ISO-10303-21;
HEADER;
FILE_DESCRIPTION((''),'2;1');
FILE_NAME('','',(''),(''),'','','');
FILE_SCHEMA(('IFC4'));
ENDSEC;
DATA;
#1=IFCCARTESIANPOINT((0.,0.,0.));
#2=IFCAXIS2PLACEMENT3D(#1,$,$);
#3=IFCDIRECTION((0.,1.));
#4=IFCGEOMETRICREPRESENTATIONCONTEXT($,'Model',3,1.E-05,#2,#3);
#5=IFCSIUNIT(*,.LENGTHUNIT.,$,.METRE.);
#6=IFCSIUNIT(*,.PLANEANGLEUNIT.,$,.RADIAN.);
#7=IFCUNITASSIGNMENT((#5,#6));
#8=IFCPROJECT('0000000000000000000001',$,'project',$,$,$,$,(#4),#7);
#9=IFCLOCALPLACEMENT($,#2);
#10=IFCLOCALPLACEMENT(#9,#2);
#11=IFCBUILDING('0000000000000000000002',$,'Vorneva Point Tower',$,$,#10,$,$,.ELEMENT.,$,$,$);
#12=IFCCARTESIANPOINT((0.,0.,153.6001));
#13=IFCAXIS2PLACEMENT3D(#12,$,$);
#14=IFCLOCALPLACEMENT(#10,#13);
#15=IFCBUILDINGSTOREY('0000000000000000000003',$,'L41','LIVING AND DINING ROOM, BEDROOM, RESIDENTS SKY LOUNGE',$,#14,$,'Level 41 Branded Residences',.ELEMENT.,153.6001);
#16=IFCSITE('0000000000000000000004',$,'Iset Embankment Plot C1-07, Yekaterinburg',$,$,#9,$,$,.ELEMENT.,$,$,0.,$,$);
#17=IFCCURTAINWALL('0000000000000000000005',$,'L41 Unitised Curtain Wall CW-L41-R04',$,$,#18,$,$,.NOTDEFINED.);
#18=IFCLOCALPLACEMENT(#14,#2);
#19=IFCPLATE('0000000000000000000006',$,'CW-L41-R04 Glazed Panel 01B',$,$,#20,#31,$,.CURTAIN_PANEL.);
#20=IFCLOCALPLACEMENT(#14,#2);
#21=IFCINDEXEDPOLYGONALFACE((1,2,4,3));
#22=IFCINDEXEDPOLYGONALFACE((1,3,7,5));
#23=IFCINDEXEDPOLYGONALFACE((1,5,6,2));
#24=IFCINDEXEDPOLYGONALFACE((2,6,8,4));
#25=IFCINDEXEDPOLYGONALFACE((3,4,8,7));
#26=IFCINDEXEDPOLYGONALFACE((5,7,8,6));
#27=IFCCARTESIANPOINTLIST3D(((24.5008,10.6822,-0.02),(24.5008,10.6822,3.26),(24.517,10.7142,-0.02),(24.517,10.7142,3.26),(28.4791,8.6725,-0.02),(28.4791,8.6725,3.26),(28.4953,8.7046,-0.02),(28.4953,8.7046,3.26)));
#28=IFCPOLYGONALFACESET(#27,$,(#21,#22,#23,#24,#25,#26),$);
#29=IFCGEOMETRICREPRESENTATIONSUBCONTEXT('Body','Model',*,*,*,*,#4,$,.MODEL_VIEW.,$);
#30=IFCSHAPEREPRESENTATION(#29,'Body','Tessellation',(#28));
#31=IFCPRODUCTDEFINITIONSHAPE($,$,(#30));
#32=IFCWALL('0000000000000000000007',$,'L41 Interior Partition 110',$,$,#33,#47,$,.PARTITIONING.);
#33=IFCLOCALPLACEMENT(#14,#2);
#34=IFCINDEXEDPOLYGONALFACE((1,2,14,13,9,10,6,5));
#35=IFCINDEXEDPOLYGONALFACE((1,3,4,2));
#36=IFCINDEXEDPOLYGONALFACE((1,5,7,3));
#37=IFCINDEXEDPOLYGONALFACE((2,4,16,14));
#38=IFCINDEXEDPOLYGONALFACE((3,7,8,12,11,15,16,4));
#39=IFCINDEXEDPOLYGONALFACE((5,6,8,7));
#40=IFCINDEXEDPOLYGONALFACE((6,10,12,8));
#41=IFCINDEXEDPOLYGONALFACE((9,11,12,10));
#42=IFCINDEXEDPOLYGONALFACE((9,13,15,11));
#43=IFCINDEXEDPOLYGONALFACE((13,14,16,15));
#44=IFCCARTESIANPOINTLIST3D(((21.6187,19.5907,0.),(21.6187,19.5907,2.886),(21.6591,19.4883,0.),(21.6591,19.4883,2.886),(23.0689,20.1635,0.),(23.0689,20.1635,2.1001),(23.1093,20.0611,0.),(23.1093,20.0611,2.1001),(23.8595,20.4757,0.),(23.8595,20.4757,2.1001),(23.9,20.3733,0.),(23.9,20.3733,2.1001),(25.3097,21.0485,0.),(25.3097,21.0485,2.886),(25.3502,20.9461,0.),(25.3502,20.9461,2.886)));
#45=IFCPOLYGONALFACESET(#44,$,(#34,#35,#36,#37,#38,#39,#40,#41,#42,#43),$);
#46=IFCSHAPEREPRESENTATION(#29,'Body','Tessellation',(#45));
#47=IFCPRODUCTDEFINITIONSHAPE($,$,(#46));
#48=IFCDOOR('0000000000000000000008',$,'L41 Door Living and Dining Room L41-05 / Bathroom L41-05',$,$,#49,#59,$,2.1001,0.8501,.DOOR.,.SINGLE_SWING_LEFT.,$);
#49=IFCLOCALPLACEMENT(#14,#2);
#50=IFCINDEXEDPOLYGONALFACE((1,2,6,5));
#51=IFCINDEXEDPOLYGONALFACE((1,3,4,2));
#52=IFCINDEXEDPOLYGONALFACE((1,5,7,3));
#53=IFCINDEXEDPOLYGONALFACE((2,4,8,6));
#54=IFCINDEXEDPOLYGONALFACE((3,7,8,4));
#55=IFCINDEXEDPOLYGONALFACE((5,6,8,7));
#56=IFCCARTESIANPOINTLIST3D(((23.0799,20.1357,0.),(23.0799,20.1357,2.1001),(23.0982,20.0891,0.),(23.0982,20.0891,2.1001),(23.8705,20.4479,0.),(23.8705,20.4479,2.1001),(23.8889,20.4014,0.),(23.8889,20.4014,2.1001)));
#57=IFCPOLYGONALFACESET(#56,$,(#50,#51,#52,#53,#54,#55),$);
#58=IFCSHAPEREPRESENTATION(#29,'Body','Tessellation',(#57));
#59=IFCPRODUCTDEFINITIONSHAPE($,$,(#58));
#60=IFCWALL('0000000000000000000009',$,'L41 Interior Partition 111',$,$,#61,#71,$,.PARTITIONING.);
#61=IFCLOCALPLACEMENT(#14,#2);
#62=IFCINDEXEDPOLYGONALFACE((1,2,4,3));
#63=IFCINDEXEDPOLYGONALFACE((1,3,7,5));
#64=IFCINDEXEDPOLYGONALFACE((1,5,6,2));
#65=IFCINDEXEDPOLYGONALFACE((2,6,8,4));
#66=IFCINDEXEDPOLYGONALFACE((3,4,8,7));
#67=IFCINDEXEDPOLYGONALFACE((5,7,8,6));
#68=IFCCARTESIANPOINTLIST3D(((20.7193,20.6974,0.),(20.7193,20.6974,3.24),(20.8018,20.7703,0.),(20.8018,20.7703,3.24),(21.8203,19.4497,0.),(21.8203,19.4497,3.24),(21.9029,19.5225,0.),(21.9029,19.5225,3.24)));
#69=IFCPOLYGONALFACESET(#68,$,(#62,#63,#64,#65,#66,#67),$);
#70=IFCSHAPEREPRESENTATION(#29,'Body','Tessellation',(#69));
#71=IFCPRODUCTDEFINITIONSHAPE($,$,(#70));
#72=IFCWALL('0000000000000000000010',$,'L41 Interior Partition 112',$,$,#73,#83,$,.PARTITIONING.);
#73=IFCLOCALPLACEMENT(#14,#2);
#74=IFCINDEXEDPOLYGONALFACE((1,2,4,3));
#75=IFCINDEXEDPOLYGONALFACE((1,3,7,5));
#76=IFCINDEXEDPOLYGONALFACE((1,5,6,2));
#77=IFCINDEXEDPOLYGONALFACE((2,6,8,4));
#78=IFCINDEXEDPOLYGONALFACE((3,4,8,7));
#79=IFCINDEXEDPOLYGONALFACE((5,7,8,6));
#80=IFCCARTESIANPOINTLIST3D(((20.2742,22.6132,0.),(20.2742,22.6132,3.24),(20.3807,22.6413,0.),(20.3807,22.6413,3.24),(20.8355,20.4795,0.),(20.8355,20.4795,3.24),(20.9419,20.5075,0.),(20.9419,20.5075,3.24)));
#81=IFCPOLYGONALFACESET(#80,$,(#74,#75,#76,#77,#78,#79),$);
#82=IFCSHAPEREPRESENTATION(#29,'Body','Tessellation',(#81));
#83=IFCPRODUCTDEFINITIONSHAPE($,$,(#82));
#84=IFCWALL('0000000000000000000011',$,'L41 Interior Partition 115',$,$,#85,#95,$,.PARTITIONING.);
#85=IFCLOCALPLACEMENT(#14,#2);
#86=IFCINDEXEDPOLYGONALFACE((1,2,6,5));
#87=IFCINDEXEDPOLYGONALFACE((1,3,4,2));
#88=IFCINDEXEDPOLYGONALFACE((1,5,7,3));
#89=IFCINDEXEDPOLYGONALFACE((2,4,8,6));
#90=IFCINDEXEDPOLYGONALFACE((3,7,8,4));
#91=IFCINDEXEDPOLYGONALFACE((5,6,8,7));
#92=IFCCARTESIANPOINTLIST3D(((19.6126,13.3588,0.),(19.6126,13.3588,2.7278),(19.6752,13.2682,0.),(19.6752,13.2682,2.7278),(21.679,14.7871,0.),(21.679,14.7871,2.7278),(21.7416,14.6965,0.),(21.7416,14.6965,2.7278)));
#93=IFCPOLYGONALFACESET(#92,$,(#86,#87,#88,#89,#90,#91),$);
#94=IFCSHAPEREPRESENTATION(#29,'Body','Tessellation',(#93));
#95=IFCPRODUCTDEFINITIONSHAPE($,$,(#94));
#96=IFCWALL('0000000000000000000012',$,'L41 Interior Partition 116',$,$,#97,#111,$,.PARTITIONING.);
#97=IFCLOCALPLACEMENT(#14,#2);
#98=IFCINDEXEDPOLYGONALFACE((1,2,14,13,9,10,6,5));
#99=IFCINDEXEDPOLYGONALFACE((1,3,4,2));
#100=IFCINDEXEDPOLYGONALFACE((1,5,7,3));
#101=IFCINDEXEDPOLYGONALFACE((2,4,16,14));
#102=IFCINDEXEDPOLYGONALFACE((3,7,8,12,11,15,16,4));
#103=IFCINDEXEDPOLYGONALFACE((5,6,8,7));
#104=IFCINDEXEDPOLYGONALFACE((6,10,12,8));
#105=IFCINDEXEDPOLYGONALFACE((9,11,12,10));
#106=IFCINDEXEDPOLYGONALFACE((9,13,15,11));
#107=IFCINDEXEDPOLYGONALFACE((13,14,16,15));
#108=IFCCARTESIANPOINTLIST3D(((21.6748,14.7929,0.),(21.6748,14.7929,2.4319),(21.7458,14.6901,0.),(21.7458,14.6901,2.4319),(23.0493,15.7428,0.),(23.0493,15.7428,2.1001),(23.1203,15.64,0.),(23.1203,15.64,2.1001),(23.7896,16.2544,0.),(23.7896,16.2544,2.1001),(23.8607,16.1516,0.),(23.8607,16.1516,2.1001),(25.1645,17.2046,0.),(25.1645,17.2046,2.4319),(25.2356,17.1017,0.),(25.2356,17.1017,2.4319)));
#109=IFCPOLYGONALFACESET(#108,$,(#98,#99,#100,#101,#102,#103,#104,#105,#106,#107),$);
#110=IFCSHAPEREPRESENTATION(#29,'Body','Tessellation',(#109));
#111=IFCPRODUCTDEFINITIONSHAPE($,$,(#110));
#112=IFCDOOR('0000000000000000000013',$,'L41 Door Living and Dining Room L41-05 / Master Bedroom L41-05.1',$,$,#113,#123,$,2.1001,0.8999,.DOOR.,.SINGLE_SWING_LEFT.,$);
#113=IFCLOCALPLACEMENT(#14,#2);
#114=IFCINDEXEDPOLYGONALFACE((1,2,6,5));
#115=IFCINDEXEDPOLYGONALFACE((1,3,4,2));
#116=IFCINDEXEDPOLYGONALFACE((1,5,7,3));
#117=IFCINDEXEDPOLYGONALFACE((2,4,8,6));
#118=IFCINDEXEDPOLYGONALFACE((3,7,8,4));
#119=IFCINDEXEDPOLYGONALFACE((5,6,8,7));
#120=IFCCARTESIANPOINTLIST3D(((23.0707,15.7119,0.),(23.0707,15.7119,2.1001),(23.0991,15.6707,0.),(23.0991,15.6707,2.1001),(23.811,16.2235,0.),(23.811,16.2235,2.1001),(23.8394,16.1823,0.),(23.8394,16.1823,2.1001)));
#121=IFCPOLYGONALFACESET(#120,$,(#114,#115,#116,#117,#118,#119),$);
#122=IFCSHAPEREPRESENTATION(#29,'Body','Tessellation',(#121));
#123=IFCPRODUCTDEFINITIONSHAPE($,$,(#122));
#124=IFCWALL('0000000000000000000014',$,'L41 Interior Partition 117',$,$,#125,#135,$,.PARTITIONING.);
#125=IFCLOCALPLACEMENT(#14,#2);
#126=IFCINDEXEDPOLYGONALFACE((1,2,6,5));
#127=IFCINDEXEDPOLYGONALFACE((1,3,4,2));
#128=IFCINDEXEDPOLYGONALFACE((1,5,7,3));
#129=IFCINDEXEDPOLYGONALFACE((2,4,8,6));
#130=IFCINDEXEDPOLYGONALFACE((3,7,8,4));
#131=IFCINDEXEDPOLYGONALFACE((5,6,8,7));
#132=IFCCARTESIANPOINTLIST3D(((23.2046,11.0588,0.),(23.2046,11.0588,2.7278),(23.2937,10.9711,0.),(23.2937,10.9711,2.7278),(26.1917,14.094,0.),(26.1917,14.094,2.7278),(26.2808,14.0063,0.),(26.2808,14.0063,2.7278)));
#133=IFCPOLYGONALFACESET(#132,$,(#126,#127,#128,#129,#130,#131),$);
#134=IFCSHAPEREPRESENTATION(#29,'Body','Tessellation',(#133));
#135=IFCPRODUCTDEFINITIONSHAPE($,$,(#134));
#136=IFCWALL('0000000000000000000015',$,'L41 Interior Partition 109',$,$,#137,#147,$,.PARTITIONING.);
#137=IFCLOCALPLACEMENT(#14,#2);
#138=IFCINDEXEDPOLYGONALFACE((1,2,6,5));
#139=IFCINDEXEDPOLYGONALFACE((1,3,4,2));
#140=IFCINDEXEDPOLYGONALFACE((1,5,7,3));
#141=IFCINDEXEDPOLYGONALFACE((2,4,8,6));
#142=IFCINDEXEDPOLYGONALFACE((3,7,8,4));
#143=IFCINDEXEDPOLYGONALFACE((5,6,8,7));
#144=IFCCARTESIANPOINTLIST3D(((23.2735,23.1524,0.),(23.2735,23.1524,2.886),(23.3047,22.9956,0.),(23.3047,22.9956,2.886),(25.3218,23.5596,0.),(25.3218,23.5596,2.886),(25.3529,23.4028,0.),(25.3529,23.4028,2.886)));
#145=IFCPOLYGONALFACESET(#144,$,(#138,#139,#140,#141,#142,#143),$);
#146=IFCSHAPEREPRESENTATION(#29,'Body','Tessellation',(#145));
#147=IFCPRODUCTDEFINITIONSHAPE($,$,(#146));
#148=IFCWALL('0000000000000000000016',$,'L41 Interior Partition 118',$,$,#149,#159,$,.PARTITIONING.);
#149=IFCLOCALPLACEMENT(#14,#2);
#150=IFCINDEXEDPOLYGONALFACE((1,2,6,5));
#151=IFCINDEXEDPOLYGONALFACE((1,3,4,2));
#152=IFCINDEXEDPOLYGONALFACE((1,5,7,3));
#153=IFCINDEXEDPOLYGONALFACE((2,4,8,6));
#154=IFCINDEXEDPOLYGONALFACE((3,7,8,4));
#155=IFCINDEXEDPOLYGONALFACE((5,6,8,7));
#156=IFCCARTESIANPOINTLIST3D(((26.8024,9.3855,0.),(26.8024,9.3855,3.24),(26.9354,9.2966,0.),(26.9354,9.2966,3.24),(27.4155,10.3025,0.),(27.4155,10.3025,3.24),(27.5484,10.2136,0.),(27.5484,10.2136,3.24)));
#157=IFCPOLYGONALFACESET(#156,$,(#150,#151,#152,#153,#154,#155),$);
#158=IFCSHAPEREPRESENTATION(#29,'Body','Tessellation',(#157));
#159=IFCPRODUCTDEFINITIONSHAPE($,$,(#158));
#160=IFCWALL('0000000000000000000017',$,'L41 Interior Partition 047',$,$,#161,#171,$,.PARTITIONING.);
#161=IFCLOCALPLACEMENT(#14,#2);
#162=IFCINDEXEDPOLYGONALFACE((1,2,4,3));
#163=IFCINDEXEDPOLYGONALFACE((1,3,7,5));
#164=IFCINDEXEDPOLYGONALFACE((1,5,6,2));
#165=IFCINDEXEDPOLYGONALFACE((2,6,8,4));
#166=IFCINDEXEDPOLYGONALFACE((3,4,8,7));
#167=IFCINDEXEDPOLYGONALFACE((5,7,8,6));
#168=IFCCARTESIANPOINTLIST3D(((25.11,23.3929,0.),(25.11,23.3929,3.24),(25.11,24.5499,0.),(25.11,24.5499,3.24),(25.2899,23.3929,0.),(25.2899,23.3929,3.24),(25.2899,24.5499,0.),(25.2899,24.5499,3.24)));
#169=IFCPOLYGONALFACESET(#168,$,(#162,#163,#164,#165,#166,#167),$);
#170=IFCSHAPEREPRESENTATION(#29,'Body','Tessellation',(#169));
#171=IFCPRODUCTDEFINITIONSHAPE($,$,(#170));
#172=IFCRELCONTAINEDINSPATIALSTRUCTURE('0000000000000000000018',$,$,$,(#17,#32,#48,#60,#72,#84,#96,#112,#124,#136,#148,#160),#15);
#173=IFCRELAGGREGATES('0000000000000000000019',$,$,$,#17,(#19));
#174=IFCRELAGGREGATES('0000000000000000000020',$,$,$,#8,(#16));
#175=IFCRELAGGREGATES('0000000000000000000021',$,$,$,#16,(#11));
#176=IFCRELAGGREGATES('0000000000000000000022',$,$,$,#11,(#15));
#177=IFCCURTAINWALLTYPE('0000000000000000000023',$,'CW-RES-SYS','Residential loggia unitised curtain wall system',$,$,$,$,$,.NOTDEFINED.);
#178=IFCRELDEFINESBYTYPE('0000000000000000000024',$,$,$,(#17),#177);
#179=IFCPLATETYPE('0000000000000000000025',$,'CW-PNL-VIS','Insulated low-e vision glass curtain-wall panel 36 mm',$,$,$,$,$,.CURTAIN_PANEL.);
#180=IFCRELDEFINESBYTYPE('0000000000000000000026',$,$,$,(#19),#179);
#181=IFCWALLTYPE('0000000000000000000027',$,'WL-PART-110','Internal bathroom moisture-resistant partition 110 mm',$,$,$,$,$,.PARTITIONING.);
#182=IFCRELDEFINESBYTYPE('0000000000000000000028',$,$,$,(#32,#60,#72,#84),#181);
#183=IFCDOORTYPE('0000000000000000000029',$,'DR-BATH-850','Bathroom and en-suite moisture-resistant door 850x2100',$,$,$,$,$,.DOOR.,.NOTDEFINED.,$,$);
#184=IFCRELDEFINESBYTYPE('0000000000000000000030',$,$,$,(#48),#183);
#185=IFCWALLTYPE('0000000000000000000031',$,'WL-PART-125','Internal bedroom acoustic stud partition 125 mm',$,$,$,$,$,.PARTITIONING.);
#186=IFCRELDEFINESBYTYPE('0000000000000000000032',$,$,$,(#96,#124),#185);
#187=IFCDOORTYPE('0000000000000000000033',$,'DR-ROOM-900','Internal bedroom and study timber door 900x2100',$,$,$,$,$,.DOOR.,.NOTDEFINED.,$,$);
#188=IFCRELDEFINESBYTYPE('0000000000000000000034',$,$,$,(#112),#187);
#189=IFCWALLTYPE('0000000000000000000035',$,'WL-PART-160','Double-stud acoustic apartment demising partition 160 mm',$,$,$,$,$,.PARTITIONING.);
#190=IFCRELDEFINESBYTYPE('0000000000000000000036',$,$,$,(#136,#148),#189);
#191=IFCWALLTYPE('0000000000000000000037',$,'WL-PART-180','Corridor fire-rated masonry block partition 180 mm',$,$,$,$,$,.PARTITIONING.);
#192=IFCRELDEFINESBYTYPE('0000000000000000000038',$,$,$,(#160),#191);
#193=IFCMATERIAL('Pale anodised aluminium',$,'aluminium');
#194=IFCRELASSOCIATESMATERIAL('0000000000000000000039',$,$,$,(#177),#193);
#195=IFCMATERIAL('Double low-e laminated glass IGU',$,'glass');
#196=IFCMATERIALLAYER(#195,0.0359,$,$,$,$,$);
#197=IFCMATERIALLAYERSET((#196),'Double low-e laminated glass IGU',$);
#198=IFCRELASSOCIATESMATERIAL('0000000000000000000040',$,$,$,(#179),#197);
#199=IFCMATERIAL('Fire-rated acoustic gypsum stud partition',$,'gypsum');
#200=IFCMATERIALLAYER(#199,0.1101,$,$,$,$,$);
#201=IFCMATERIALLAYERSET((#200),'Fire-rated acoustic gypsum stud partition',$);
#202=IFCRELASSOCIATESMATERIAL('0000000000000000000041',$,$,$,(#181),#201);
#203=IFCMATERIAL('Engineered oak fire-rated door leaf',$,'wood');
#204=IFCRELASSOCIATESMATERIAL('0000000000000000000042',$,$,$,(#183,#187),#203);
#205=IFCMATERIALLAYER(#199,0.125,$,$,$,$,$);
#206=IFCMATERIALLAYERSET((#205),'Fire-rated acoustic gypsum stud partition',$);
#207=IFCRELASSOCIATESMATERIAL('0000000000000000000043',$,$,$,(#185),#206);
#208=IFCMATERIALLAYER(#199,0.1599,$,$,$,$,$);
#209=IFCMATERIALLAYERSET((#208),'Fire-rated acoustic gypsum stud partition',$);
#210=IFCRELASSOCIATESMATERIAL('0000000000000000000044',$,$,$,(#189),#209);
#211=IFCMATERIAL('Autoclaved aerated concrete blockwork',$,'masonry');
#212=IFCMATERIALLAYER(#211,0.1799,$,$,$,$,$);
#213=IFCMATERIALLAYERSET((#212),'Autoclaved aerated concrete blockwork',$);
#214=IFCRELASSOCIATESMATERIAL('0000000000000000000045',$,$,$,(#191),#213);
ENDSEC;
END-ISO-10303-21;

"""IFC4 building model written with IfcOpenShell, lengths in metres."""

from ifc_helpers import new_model, si_unit, direction, frame, frame_2d, origin, origin_2d, place, context, subcontext, project, spatial, rectangle, extrude, material, layer, layer_set, type_object, element, fill, aggregate, save


model = new_model("IFC4")

# Units and contexts
model_context = context("Model", 3, precision=1e-05, world=origin(), true_north=direction((0.0, 1.0)))
body_context = subcontext(model_context, "Body", "Model", "MODEL_VIEW")
ifc_project = project(units=[si_unit("LENGTHUNIT", "METRE"), si_unit("PLANEANGLEUNIT", "RADIAN")], contexts=[model_context])

# Site, building, storey
site_placement = place(None, origin())
site = spatial("IfcSite", under=ifc_project, at=site_placement, Name="Iset Embankment Plot C1-07, Yekaterinburg", CompositionType="ELEMENT", RefElevation=0.0)
building_placement = place(site_placement, origin())
building = spatial("IfcBuilding", under=site, at=building_placement, Name="Vorneva Point Tower", CompositionType="ELEMENT")
storey_placement = place(building_placement, frame((0.0, 0.0, 153.6001)))
storey = spatial("IfcBuildingStorey", under=building, at=storey_placement, Name="L41", Description="LIVING AND DINING ROOM, BEDROOM, RESIDENTS SKY LOUNGE", LongName="Level 41 Branded Residences", CompositionType="ELEMENT", Elevation=153.6001)

# Curtain wall, plate
ifc_material_1 = material(Name="Pale anodised aluminium", Category="aluminium")
curtain_wall_type = type_object("IfcCurtainWallType", Name="CW-RES-SYS", Description="Residential loggia unitised curtain wall system", PredefinedType="NOTDEFINED", material=ifc_material_1)
curtain_wall_placement = place(storey_placement, origin())
curtain_wall = element("IfcCurtainWall", 1, at=curtain_wall_placement, inside=storey, type_object=curtain_wall_type, Name="L41 Unitised Curtain Wall CW-L41-R04", PredefinedType="NOTDEFINED")
ifc_material_2 = material(Name="Double low-e laminated glass IGU", Category="glass")
ifc_layer_1 = layer(ifc_material_2, 0.0359)
ifc_layer_set_1 = layer_set([ifc_layer_1], Name="Double low-e laminated glass IGU")
plate_type = type_object("IfcPlateType", Name="CW-PNL-VIS", Description="Insulated low-e vision glass curtain-wall panel 36 mm", PredefinedType="CURTAIN_PANEL", material=ifc_layer_set_1)
plate_1_placement = place(storey_placement, frame((26.498, 9.6934, -0.02), z_axis=(0.0, 0.0, 1.0), x_axis=(0.892578, -0.450893, 0.0)))
plate_1 = element("IfcPlate", 2, at=plate_1_placement, type_object=plate_type, Name="CW-L41-R04 Glazed Panel 01B", PredefinedType="CURTAIN_PANEL", context=body_context, shape_type="SweptSolid", body=[
    extrude(rectangle(XDim=4.457, YDim=0.0359, at=origin_2d()), origin(), (0.0, 0.0, 1.0), 3.28),
])
aggregate(curtain_wall, [plate_1])

# Wall, opening, door
ifc_material_3 = material(Name="Fire-rated acoustic gypsum stud partition", Category="gypsum")
ifc_layer_2 = layer(ifc_material_3, 0.1101)
ifc_layer_set_2 = layer_set([ifc_layer_2], Name="Fire-rated acoustic gypsum stud partition")
wall_type_1 = type_object("IfcWallType", Name="WL-PART-110", Description="Internal bathroom moisture-resistant partition 110 mm", PredefinedType="PARTITIONING", material=ifc_layer_set_2)
wall_1_placement = place(storey_placement, frame((25.3301, 20.9973, 0.0), z_axis=(0.0, 0.0, 1.0), x_axis=(-0.930093, -0.367325, 0.0)))
wall_1 = element("IfcWall", 3, at=wall_1_placement, inside=storey, type_object=wall_type_1, Name="L41 Interior Partition 110", PredefinedType="PARTITIONING", context=body_context, shape_type="SweptSolid", body=[
    extrude(rectangle(XDim=3.9685, YDim=0.1101, at=frame_2d((1.9844, 0.0))), origin(), (0.0, 0.0, 1.0), 2.886),
])
opening_1_placement = place(wall_1_placement, frame((1.5593, 0.0, 0.0)))
opening_1 = element("IfcOpeningElement", 4, at=opening_1_placement, cuts=wall_1, PredefinedType="OPENING", context=body_context, shape_type="SweptSolid", body=[
    extrude(rectangle(XDim=0.8501, YDim=2.1001, at=frame_2d((0.425, 1.05))), frame((0.0, 0.0698, 0.0), z_axis=(0.0, -1.0, 0.0), x_axis=(1.0, 0.0, 0.0)), (0.0, 0.0, 1.0), 0.1399),
])
ifc_material_4 = material(Name="Engineered oak fire-rated door leaf", Category="wood")
door_type_1 = type_object("IfcDoorType", Name="DR-BATH-850", Description="Bathroom and en-suite moisture-resistant door 850x2100", OperationType="NOTDEFINED", PredefinedType="DOOR", material=ifc_material_4)
door_1_placement = place(opening_1_placement, origin())
door_1 = element("IfcDoor", 5, at=door_1_placement, inside=storey, type_object=door_type_1, Name="L41 Door Living and Dining Room L41-05 / Bathroom L41-05", OperationType="SINGLE_SWING_LEFT", OverallHeight=2.1001, OverallWidth=0.8501, PredefinedType="DOOR", context=body_context, shape_type="SweptSolid", body=[
    extrude(rectangle(XDim=0.8501, YDim=2.1001, at=frame_2d((0.425, 1.05))), frame((0.0, 0.0249, 0.0), z_axis=(0.0, -1.0, 0.0), x_axis=(1.0, 0.0, 0.0)), (0.0, 0.0, 1.0), 0.05),
])
fill(opening_1, door_1)

# Walls
wall_2_placement = place(storey_placement, frame((21.8616, 19.4861, 0.0), z_axis=(0.0, 0.0, 1.0), x_axis=(-0.661646, 0.749816, 0.0)))
element("IfcWall", 6, at=wall_2_placement, inside=storey, type_object=wall_type_1, Name="L41 Interior Partition 111", PredefinedType="PARTITIONING", context=body_context, shape_type="SweptSolid", body=[
    extrude(rectangle(XDim=1.6641, YDim=0.1101, at=frame_2d((0.832, 0.0))), origin(), (0.0, 0.0, 1.0), 3.24),
])
wall_3_placement = place(storey_placement, frame((20.8887, 20.4937, 0.0), z_axis=(0.0, 0.0, 1.0), x_axis=(-0.25439, 0.967102, 0.0)))
element("IfcWall", 7, at=wall_3_placement, inside=storey, type_object=wall_type_1, Name="L41 Interior Partition 112", PredefinedType="PARTITIONING", context=body_context, shape_type="SweptSolid", body=[
    extrude(rectangle(XDim=2.2063, YDim=0.1101, at=frame_2d((1.103, 0.0))), origin(), (0.0, 0.0, 1.0), 3.24),
])
wall_4_placement = place(storey_placement, frame((21.7102, 14.7417, 0.0), z_axis=(0.0, 0.0, 1.0), x_axis=(-0.822633, -0.568573, 0.0)))
element("IfcWall", 8, at=wall_4_placement, inside=storey, type_object=wall_type_1, Name="L41 Interior Partition 115", PredefinedType="PARTITIONING", context=body_context, shape_type="SweptSolid", body=[
    extrude(rectangle(XDim=2.512, YDim=0.1101, at=frame_2d((1.2559, 0.0))), origin(), (0.0, 0.0, 1.0), 2.7278),
])

# Wall, opening, door
ifc_layer_3 = layer(ifc_material_3, 0.125)
ifc_layer_set_3 = layer_set([ifc_layer_3], Name="Fire-rated acoustic gypsum stud partition")
wall_type_2 = type_object("IfcWallType", Name="WL-PART-125", Description="Internal bedroom acoustic stud partition 125 mm", PredefinedType="PARTITIONING", material=ifc_layer_set_3)
wall_5_placement = place(storey_placement, frame((21.7102, 14.7415, 0.0), z_axis=(0.0, 0.0, 1.0), x_axis=(0.822673, 0.568515, 0.0)))
wall_5 = element("IfcWall", 9, at=wall_5_placement, inside=storey, type_object=wall_type_2, Name="L41 Interior Partition 116", PredefinedType="PARTITIONING", context=body_context, shape_type="SweptSolid", body=[
    extrude(rectangle(XDim=4.2419, YDim=0.125, at=frame_2d((2.1211, 0.0))), origin(), (0.0, 0.0, 1.0), 2.4319),
])
opening_2_placement = place(wall_5_placement, frame((1.6709, 0.0, 0.0)))
opening_2 = element("IfcOpeningElement", 10, at=opening_2_placement, cuts=wall_5, PredefinedType="OPENING", context=body_context, shape_type="SweptSolid", body=[
    extrude(rectangle(XDim=0.8999, YDim=2.1001, at=frame_2d((0.45, 1.05))), frame((0.0, 0.0774, 0.0), z_axis=(0.0, -1.0, 0.0), x_axis=(1.0, 0.0, 0.0)), (0.0, 0.0, 1.0), 0.1548),
])
door_type_2 = type_object("IfcDoorType", Name="DR-ROOM-900", Description="Internal bedroom and study timber door 900x2100", OperationType="NOTDEFINED", PredefinedType="DOOR", material=ifc_material_4)
door_2_placement = place(opening_2_placement, origin())
door_2 = element("IfcDoor", 11, at=door_2_placement, inside=storey, type_object=door_type_2, Name="L41 Door Living and Dining Room L41-05 / Master Bedroom L41-05.1", OperationType="SINGLE_SWING_LEFT", OverallHeight=2.1001, OverallWidth=0.8999, PredefinedType="DOOR", context=body_context, shape_type="SweptSolid", body=[
    extrude(rectangle(XDim=0.8999, YDim=2.1001, at=frame_2d((0.45, 1.05))), frame((0.0, 0.0249, 0.0), z_axis=(0.0, -1.0, 0.0), x_axis=(1.0, 0.0, 0.0)), (0.0, 0.0, 1.0), 0.05),
])
fill(opening_2, door_2)

# Walls
wall_6_placement = place(storey_placement, frame((23.249, 11.0149, 0.0), z_axis=(0.0, 0.0, 1.0), x_axis=(0.701437, 0.712731, 0.0)))
element("IfcWall", 12, at=wall_6_placement, inside=storey, type_object=wall_type_2, Name="L41 Interior Partition 117", PredefinedType="PARTITIONING", context=body_context, shape_type="SweptSolid", body=[
    extrude(rectangle(XDim=4.2585, YDim=0.125, at=frame_2d((2.1294, 0.0))), origin(), (0.0, 0.0, 1.0), 2.7278),
])
ifc_layer_4 = layer(ifc_material_3, 0.1599)
ifc_layer_set_4 = layer_set([ifc_layer_4], Name="Fire-rated acoustic gypsum stud partition")
wall_type_3 = type_object("IfcWallType", Name="WL-PART-160", Description="Double-stud acoustic apartment demising partition 160 mm", PredefinedType="PARTITIONING", material=ifc_layer_set_4)
wall_7_placement = place(storey_placement, frame((23.2891, 23.074, 0.0), z_axis=(0.0, 0.0, 1.0), x_axis=(0.980805, 0.194992, 0.0)))
element("IfcWall", 13, at=wall_7_placement, inside=storey, type_object=wall_type_3, Name="L41 Interior Partition 109", PredefinedType="PARTITIONING", context=body_context, shape_type="SweptSolid", body=[
    extrude(rectangle(XDim=2.0884, YDim=0.1599, at=frame_2d((1.0442, 0.0))), origin(), (0.0, 0.0, 1.0), 2.886),
])
wall_8_placement = place(storey_placement, frame((26.8689, 9.3411, 0.0), z_axis=(0.0, 0.0, 1.0), x_axis=(0.555772, 0.831335, 0.0)))
element("IfcWall", 14, at=wall_8_placement, inside=storey, type_object=wall_type_3, Name="L41 Interior Partition 118", PredefinedType="PARTITIONING", context=body_context, shape_type="SweptSolid", body=[
    extrude(rectangle(XDim=1.103, YDim=0.1599, at=frame_2d((0.5515, 0.0))), origin(), (0.0, 0.0, 1.0), 3.24),
])
ifc_material_5 = material(Name="Autoclaved aerated concrete blockwork", Category="masonry")
ifc_layer_5 = layer(ifc_material_5, 0.1799)
ifc_layer_set_5 = layer_set([ifc_layer_5], Name="Autoclaved aerated concrete blockwork")
wall_type_4 = type_object("IfcWallType", Name="WL-PART-180", Description="Corridor fire-rated masonry block partition 180 mm", PredefinedType="PARTITIONING", material=ifc_layer_set_5)
wall_9_placement = place(storey_placement, frame((25.2, 24.55, 0.0), z_axis=(0.0, 0.0, 1.0), x_axis=(0.0, -1.0, 0.0)))
element("IfcWall", 15, at=wall_9_placement, inside=storey, type_object=wall_type_4, Name="L41 Interior Partition 047", PredefinedType="PARTITIONING", context=body_context, shape_type="SweptSolid", body=[
    extrude(rectangle(XDim=1.157, YDim=0.1799, at=frame_2d((0.5786, 0.0))), origin(), (0.0, 0.0, 1.0), 3.24),
])

save(model, "model.ifc")
